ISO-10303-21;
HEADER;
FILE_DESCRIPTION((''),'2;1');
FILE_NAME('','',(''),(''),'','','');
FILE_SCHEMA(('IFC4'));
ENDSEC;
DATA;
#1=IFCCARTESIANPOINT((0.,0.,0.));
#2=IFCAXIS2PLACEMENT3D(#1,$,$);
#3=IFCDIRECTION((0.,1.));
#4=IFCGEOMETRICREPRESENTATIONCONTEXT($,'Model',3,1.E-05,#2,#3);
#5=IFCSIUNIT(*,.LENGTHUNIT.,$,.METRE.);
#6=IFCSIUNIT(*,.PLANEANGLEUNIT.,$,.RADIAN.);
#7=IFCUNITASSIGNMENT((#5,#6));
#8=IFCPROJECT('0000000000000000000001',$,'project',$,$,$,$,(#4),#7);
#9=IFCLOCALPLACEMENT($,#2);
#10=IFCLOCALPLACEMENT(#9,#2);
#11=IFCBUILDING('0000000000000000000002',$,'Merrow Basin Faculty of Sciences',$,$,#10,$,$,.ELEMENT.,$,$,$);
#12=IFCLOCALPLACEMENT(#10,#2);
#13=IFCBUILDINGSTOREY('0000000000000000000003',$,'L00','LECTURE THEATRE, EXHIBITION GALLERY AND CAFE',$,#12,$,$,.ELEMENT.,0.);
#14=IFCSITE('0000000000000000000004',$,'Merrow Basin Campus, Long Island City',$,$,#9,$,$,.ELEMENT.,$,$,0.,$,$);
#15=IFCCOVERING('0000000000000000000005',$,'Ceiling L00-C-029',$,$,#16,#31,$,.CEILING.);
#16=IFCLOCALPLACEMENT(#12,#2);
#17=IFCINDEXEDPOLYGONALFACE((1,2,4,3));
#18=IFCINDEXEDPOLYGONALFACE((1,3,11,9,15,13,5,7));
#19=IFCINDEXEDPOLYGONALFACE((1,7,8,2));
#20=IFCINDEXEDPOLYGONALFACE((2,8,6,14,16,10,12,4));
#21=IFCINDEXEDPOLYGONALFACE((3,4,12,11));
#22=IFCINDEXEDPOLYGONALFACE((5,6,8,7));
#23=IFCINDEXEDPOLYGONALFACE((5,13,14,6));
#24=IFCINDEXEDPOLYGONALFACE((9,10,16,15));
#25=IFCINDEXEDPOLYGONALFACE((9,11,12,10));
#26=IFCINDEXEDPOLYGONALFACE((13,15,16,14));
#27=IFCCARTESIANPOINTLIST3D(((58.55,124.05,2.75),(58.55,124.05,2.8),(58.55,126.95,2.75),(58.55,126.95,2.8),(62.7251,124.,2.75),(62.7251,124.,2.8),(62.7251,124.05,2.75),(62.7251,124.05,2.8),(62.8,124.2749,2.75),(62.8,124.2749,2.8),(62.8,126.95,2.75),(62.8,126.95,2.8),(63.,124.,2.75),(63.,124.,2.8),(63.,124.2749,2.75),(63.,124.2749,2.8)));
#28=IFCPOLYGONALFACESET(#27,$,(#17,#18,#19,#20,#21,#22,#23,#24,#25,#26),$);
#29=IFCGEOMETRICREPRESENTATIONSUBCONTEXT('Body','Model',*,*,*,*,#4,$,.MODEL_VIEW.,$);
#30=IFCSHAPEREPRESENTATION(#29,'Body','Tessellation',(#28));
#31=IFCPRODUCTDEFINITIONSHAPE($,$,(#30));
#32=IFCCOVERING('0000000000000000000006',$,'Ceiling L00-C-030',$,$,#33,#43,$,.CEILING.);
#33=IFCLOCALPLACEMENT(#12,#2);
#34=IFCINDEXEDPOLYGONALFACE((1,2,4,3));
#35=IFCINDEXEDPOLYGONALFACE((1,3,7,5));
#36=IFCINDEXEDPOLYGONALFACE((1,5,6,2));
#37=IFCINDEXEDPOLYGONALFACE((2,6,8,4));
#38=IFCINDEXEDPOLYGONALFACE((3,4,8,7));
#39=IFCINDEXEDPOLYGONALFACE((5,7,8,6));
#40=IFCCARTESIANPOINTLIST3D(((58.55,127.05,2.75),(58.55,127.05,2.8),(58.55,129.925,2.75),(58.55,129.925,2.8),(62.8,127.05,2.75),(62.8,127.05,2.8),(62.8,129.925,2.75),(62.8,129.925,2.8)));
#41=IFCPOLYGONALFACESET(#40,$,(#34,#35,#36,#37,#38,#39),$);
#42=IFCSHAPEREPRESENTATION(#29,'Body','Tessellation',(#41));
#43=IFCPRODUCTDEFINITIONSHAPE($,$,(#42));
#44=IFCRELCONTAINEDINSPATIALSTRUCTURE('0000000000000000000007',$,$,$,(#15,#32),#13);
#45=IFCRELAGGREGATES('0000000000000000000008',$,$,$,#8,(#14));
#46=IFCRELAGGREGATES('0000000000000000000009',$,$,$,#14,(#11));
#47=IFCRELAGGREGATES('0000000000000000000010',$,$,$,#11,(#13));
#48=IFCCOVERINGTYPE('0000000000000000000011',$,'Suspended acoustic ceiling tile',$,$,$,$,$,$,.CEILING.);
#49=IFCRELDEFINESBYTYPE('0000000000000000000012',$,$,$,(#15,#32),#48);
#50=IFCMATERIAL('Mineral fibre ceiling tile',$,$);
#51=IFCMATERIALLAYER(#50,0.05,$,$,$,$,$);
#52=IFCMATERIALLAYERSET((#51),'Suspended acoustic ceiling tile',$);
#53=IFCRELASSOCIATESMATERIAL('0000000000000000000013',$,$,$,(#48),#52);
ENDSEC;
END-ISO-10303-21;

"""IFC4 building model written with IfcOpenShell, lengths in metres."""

from ifc_helpers import new_model, si_unit, direction, frame, origin, place, context, subcontext, project, spatial, polyline, outline, extrude, material, layer, layer_set, type_object, element, save


model = new_model("IFC4")

# Units and contexts
model_context = context("Model", 3, precision=1e-05, world=origin(), true_north=direction((0.0, 1.0)))
body_context = subcontext(model_context, "Body", "Model", "MODEL_VIEW")
ifc_project = project(units=[si_unit("LENGTHUNIT", "METRE"), si_unit("PLANEANGLEUNIT", "RADIAN")], contexts=[model_context])

# Site, building, storey
site_placement = place(None, origin())
site = spatial("IfcSite", under=ifc_project, at=site_placement, Name="Merrow Basin Campus, Long Island City", CompositionType="ELEMENT", RefElevation=0.0)
building_placement = place(site_placement, origin())
building = spatial("IfcBuilding", under=site, at=building_placement, Name="Merrow Basin Faculty of Sciences", CompositionType="ELEMENT")
storey_placement = place(building_placement, origin())
storey = spatial("IfcBuildingStorey", under=building, at=storey_placement, Name="L00", Description="LECTURE THEATRE, EXHIBITION GALLERY AND CAFE", CompositionType="ELEMENT", Elevation=0.0)

# Coverings
ifc_material_1 = material(Name="Mineral fibre ceiling tile")
ifc_layer_1 = layer(ifc_material_1, 0.05)
ifc_layer_set_1 = layer_set([ifc_layer_1], Name="Suspended acoustic ceiling tile")
covering_type = type_object("IfcCoveringType", Name="Suspended acoustic ceiling tile", PredefinedType="CEILING", material=ifc_layer_set_1)
covering_1_placement = place(storey_placement, frame((0.0, 0.0, 2.75)))
element("IfcCovering", 1, at=covering_1_placement, inside=storey, type_object=covering_type, Name="Ceiling L00-C-029", PredefinedType="CEILING", context=body_context, shape_type="SweptSolid", body=[
    extrude(outline(polyline([(63.0, 124.0), (62.7251, 124.0), (62.7251, 124.05), (58.55, 124.05), (58.55, 126.95), (62.8, 126.95), (62.8, 124.2749), (63.0, 124.2749), (63.0, 124.0)])), origin(), (0.0, 0.0, 1.0), 0.05),
])
covering_2_placement = place(storey_placement, frame((0.0, 0.0, 2.75)))
element("IfcCovering", 2, at=covering_2_placement, inside=storey, type_object=covering_type, Name="Ceiling L00-C-030", PredefinedType="CEILING", context=body_context, shape_type="SweptSolid", body=[
    extrude(outline(polyline([(58.55, 129.925), (62.8, 129.925), (62.8, 127.05), (58.55, 127.05), (58.55, 129.925)])), origin(), (0.0, 0.0, 1.0), 0.05),
])

save(model, "model.ifc")
